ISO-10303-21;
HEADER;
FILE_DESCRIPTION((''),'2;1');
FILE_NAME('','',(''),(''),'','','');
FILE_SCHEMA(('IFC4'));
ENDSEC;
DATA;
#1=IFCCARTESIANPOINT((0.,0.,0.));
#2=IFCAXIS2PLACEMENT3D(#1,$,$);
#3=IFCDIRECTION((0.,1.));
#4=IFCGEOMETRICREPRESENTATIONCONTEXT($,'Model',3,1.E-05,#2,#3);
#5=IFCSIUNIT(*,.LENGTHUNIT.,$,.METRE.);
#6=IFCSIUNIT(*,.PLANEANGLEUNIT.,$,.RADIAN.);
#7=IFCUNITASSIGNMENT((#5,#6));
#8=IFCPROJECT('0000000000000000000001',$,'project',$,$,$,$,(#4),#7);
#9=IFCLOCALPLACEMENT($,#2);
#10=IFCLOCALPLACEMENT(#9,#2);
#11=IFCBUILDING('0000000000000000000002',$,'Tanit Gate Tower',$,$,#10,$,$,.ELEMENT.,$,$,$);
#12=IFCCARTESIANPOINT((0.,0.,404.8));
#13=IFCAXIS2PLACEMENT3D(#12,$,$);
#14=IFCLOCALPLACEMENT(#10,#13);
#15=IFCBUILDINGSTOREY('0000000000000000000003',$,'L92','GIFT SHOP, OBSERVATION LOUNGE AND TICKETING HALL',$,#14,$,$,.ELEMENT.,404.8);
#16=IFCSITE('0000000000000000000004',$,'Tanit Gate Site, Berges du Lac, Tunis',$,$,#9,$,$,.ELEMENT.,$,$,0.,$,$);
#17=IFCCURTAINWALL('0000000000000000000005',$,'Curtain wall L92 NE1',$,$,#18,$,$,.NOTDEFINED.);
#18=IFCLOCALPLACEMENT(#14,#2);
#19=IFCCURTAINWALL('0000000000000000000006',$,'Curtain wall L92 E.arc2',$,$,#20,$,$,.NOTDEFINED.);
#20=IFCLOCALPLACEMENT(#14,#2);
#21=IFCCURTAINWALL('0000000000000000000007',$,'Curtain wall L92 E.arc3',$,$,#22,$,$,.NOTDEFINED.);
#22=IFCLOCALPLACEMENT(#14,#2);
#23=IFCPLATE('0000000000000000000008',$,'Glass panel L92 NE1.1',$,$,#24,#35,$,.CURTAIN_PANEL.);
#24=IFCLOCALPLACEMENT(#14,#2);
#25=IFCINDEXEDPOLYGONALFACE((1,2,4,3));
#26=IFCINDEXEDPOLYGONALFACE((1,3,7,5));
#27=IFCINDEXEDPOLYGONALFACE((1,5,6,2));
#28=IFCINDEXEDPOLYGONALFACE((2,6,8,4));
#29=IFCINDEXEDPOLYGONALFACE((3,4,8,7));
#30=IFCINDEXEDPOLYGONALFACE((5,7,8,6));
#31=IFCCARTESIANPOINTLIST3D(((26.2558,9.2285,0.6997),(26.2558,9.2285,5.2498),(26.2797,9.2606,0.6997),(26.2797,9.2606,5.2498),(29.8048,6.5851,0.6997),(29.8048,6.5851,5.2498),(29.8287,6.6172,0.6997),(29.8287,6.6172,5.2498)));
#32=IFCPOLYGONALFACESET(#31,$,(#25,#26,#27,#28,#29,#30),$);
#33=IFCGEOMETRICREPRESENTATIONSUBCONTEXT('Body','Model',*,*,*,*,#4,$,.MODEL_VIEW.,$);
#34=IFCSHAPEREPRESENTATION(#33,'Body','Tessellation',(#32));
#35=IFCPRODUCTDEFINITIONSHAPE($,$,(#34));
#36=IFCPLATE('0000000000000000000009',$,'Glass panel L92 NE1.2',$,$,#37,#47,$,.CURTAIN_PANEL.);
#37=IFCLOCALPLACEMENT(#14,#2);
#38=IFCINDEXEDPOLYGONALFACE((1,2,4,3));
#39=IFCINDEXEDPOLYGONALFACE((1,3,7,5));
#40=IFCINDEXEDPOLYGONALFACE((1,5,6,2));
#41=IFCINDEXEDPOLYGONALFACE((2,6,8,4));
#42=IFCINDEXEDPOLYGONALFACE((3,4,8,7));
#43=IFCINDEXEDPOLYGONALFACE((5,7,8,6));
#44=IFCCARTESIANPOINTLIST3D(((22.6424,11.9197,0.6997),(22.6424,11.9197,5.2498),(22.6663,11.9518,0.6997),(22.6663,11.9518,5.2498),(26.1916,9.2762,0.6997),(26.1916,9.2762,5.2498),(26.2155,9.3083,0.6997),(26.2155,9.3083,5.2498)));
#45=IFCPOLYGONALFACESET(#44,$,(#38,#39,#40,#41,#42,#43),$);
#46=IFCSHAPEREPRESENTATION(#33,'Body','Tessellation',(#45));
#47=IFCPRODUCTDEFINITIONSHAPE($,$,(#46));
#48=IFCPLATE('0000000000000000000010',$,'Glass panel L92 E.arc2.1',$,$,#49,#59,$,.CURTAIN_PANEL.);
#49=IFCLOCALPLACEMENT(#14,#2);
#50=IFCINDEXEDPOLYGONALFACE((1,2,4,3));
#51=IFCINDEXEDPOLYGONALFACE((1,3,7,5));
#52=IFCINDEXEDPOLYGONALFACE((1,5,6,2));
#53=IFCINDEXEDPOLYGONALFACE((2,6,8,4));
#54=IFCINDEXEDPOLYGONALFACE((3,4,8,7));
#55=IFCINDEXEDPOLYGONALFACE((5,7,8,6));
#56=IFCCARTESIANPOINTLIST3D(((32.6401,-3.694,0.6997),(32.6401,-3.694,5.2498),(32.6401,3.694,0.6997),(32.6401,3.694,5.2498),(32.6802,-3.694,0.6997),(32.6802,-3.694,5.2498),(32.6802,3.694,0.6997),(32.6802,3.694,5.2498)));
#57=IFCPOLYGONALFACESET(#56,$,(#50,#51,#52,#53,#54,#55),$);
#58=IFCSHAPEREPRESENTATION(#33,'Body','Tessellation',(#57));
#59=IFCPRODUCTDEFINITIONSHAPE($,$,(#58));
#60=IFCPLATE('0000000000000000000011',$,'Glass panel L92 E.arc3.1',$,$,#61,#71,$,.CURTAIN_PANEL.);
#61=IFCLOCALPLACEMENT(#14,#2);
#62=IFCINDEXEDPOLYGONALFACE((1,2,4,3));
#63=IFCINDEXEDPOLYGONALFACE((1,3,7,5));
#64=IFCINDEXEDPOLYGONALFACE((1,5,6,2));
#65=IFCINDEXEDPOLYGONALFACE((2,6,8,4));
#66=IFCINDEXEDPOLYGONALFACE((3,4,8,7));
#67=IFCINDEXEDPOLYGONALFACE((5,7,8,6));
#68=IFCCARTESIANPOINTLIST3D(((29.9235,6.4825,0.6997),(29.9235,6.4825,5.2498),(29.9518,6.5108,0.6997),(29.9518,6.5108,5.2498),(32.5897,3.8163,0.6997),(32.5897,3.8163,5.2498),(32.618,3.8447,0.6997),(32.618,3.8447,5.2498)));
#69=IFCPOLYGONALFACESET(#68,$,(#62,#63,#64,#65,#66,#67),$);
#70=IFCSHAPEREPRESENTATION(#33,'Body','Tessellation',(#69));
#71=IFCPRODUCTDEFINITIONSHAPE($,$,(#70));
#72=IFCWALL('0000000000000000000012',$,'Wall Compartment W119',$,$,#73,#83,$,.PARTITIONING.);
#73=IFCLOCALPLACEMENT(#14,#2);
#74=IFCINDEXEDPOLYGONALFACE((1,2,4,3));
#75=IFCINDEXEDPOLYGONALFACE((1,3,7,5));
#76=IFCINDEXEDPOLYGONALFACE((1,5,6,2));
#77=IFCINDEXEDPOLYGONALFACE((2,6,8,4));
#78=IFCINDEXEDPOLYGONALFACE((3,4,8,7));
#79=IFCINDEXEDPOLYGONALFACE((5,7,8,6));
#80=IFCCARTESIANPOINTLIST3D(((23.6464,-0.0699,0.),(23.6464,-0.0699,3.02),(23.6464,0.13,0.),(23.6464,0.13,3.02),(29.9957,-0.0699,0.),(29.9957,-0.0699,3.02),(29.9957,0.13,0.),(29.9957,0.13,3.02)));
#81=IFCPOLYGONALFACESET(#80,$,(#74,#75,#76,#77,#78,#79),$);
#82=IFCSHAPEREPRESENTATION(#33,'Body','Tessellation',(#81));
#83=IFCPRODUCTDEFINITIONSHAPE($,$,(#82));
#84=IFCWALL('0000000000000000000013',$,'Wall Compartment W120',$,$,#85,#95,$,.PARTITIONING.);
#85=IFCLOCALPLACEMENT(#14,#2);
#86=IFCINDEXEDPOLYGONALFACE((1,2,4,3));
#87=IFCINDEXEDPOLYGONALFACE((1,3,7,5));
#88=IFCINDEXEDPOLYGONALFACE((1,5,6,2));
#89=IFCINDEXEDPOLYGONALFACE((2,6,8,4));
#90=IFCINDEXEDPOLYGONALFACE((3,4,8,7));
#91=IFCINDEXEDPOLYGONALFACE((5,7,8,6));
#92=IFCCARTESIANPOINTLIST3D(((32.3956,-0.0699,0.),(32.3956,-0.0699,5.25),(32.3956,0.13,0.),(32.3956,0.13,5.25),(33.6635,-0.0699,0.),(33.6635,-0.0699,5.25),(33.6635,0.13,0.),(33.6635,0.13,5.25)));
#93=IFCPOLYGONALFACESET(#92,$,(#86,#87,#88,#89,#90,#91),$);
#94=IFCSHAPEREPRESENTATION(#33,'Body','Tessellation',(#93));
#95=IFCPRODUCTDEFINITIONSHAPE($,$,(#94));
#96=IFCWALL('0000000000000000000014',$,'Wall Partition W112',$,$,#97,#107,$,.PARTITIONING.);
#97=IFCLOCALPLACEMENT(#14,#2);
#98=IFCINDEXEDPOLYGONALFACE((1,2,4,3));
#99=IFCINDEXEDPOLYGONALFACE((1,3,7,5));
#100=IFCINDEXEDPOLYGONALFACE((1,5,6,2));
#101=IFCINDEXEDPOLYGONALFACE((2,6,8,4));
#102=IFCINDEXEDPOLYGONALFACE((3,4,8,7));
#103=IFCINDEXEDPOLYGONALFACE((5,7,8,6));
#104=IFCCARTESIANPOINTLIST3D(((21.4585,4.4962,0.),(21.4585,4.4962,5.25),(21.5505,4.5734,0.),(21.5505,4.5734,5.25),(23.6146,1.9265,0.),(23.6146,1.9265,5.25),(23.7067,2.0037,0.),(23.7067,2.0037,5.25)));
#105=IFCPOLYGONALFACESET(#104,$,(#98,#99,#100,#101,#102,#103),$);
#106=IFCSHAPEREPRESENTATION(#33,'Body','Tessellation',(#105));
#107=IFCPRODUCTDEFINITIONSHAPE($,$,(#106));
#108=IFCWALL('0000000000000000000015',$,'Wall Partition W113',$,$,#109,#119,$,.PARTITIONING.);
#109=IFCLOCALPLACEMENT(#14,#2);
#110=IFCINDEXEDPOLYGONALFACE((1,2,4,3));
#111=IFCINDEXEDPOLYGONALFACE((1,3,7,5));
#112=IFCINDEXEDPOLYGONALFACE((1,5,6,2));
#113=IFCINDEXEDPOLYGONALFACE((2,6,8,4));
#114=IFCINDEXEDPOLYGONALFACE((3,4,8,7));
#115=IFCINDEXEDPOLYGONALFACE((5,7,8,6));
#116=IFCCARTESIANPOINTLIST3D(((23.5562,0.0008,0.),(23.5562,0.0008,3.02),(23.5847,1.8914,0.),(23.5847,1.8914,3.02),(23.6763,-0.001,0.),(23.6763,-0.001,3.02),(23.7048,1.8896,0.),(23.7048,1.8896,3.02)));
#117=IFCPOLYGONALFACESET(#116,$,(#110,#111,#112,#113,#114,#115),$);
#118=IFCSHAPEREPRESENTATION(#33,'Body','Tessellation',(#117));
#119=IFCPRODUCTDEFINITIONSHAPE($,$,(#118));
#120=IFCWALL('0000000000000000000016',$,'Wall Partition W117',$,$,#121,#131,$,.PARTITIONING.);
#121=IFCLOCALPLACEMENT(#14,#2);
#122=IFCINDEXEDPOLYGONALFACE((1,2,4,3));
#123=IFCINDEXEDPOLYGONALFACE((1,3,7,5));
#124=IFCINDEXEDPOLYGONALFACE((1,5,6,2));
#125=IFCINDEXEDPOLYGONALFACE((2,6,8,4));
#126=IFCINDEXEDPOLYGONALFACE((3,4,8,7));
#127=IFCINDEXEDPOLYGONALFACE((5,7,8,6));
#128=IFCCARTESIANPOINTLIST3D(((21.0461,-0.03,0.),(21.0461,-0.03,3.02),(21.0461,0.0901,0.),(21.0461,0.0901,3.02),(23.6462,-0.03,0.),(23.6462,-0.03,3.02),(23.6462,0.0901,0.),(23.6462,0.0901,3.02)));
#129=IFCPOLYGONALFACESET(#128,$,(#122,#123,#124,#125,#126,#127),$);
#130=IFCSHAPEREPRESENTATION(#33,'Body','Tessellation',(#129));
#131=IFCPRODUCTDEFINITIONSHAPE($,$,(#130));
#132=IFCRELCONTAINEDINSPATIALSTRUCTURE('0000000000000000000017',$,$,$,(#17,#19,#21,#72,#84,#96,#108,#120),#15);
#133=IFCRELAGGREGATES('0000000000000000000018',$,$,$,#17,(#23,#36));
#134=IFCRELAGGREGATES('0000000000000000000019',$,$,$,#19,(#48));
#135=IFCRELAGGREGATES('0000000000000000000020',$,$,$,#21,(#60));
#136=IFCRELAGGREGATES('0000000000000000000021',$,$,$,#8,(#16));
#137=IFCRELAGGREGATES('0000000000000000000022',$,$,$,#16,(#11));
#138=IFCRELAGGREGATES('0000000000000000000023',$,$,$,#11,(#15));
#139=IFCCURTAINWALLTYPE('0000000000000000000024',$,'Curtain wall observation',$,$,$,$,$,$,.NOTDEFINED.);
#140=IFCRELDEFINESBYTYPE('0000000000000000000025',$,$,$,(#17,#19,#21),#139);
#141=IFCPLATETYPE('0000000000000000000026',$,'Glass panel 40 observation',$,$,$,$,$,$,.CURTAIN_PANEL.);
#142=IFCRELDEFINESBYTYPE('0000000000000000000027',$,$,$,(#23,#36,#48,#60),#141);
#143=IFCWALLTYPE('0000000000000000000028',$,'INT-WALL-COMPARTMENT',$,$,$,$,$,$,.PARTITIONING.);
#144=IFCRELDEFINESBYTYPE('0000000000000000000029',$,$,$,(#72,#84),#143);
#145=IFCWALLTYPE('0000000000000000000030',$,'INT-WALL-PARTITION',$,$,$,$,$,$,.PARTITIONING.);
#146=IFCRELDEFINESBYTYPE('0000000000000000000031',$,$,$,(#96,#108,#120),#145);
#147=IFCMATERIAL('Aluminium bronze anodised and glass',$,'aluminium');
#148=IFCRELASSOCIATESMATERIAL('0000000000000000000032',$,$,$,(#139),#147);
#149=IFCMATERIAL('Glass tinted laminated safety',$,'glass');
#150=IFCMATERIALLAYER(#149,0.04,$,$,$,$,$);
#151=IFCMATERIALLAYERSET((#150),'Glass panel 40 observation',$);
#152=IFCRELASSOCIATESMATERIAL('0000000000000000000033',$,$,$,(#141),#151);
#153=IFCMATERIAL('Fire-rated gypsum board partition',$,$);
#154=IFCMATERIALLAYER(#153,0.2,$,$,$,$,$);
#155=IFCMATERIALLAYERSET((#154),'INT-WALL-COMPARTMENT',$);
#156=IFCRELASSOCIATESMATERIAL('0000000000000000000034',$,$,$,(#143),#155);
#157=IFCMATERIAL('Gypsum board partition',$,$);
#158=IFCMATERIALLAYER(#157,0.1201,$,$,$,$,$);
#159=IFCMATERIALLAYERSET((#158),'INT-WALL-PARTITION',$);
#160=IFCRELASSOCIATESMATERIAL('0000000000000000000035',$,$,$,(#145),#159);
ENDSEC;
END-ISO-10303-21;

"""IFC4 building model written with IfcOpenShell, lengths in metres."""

from ifc_helpers import new_model, si_unit, direction, frame, frame_2d, origin, origin_2d, place, context, subcontext, project, spatial, rectangle, extrude, material, layer, layer_set, type_object, element, aggregate, save


model = new_model("IFC4")

# Units and contexts
model_context = context("Model", 3, precision=1e-05, world=origin(), true_north=direction((0.0, 1.0)))
body_context = subcontext(model_context, "Body", "Model", "MODEL_VIEW")
ifc_project = project(units=[si_unit("LENGTHUNIT", "METRE"), si_unit("PLANEANGLEUNIT", "RADIAN")], contexts=[model_context])

# Site, building, storey
site_placement = place(None, origin())
site = spatial("IfcSite", under=ifc_project, at=site_placement, Name="Tanit Gate Site, Berges du Lac, Tunis", CompositionType="ELEMENT", RefElevation=0.0)
building_placement = place(site_placement, origin())
building = spatial("IfcBuilding", under=site, at=building_placement, Name="Tanit Gate Tower", CompositionType="ELEMENT")
storey_placement = place(building_placement, frame((0.0, 0.0, 404.8)))
storey = spatial("IfcBuildingStorey", under=building, at=storey_placement, Name="L92", Description="GIFT SHOP, OBSERVATION LOUNGE AND TICKETING HALL", CompositionType="ELEMENT", Elevation=404.8)

# Curtain wall
ifc_material_1 = material(Name="Aluminium bronze anodised and glass", Category="aluminium")
curtain_wall_type = type_object("IfcCurtainWallType", Name="Curtain wall observation", PredefinedType="NOTDEFINED", material=ifc_material_1)
curtain_wall_1_placement = place(storey_placement, origin())
curtain_wall_1 = element("IfcCurtainWall", 1, at=curtain_wall_1_placement, inside=storey, type_object=curtain_wall_type, Name="Curtain wall L92 NE1", PredefinedType="NOTDEFINED")

# Curtain wall
curtain_wall_2_placement = place(storey_placement, origin())
curtain_wall_2 = element("IfcCurtainWall", 2, at=curtain_wall_2_placement, inside=storey, type_object=curtain_wall_type, Name="Curtain wall L92 E.arc2", PredefinedType="NOTDEFINED")

# Curtain wall
curtain_wall_3_placement = place(storey_placement, origin())
curtain_wall_3 = element("IfcCurtainWall", 3, at=curtain_wall_3_placement, inside=storey, type_object=curtain_wall_type, Name="Curtain wall L92 E.arc3", PredefinedType="NOTDEFINED")

# Plates
ifc_material_2 = material(Name="Glass tinted laminated safety", Category="glass")
ifc_layer_1 = layer(ifc_material_2, 0.04)
ifc_layer_set_1 = layer_set([ifc_layer_1], Name="Glass panel 40 observation")
plate_type = type_object("IfcPlateType", Name="Glass panel 40 observation", PredefinedType="CURTAIN_PANEL", material=ifc_layer_set_1)
plate_1_placement = place(storey_placement, frame((28.0422, 7.9229, 0.6997), z_axis=(0.0, 0.0, 1.0), x_axis=(-0.801988, 0.597341, 0.0)))
plate_1 = element("IfcPlate", 4, at=plate_1_placement, type_object=plate_type, Name="Glass panel L92 NE1.1", PredefinedType="CURTAIN_PANEL", context=body_context, shape_type="SweptSolid", body=[
    extrude(rectangle(XDim=4.4253, YDim=0.04, at=origin_2d()), origin(), (0.0, 0.0, 1.0), 4.55),
])
plate_2_placement = place(storey_placement, frame((24.429, 10.614, 0.6997), z_axis=(0.0, 0.0, 1.0), x_axis=(-0.801988, 0.597341, 0.0)))
plate_2 = element("IfcPlate", 5, at=plate_2_placement, type_object=plate_type, Name="Glass panel L92 NE1.2", PredefinedType="CURTAIN_PANEL", context=body_context, shape_type="SweptSolid", body=[
    extrude(rectangle(XDim=4.4255, YDim=0.04, at=origin_2d()), origin(), (0.0, 0.0, 1.0), 4.55),
])
aggregate(curtain_wall_1, [plate_1, plate_2])
plate_3_placement = place(storey_placement, frame((32.6602, 0.0, 0.6997), z_axis=(0.0, 0.0, 1.0), x_axis=(0.0, 1.0, 0.0)))
plate_3 = element("IfcPlate", 6, at=plate_3_placement, type_object=plate_type, Name="Glass panel L92 E.arc2.1", PredefinedType="CURTAIN_PANEL", context=body_context, shape_type="SweptSolid", body=[
    extrude(rectangle(XDim=7.3879, YDim=0.04, at=origin_2d()), origin(), (0.0, 0.0, 1.0), 4.55),
])
aggregate(curtain_wall_2, [plate_3])
plate_4_placement = place(storey_placement, frame((31.2708, 5.1636, 0.6997), z_axis=(0.0, 0.0, 1.0), x_axis=(-0.707107, 0.707107, 0.0)))
plate_4 = element("IfcPlate", 7, at=plate_4_placement, type_object=plate_type, Name="Glass panel L92 E.arc3.1", PredefinedType="CURTAIN_PANEL", context=body_context, shape_type="SweptSolid", body=[
    extrude(rectangle(XDim=3.7705, YDim=0.04, at=origin_2d()), origin(), (0.0, 0.0, 1.0), 4.55),
])
aggregate(curtain_wall_3, [plate_4])

# Walls
ifc_material_3 = material(Name="Fire-rated gypsum board partition")
ifc_layer_2 = layer(ifc_material_3, 0.2)
ifc_layer_set_2 = layer_set([ifc_layer_2], Name="INT-WALL-COMPARTMENT")
wall_type_1 = type_object("IfcWallType", Name="INT-WALL-COMPARTMENT", PredefinedType="PARTITIONING", material=ifc_layer_set_2)
wall_1_placement = place(storey_placement, frame((23.6462, 0.03, 0.0), z_axis=(0.0, 0.0, 1.0), x_axis=(1.0, 0.0, 0.0)))
element("IfcWall", 8, at=wall_1_placement, inside=storey, type_object=wall_type_1, Name="Wall Compartment W119", PredefinedType="PARTITIONING", context=body_context, shape_type="SweptSolid", body=[
    extrude(rectangle(XDim=6.3494, YDim=0.2, at=frame_2d((3.1748, 0.0))), origin(), (0.0, 0.0, 1.0), 3.02),
])
wall_2_placement = place(storey_placement, frame((32.3958, 0.03, 0.0), z_axis=(0.0, 0.0, 1.0), x_axis=(1.0, 0.0, 0.0)))
element("IfcWall", 9, at=wall_2_placement, inside=storey, type_object=wall_type_1, Name="Wall Compartment W120", PredefinedType="PARTITIONING", context=body_context, shape_type="SweptSolid", body=[
    extrude(rectangle(XDim=1.2678, YDim=0.2, at=frame_2d((0.6338, 0.0))), origin(), (0.0, 0.0, 1.0), 5.25),
])
ifc_material_4 = material(Name="Gypsum board partition")
ifc_layer_3 = layer(ifc_material_4, 0.1201)
ifc_layer_set_3 = layer_set([ifc_layer_3], Name="INT-WALL-PARTITION")
wall_type_2 = type_object("IfcWallType", Name="INT-WALL-PARTITION", PredefinedType="PARTITIONING", material=ifc_layer_set_3)
wall_3_placement = place(storey_placement, frame((23.6606, 1.9651, 0.0), z_axis=(0.0, 0.0, 1.0), x_axis=(-0.642772, 0.766057, 0.0)))
element("IfcWall", 10, at=wall_3_placement, inside=storey, type_object=wall_type_2, Name="Wall Partition W112", PredefinedType="PARTITIONING", context=body_context, shape_type="SweptSolid", body=[
    extrude(rectangle(XDim=3.3545, YDim=0.1201, at=frame_2d((1.6772, 0.0))), origin(), (0.0, 0.0, 1.0), 5.25),
])
wall_4_placement = place(storey_placement, frame((23.6162, 0.0, 0.0), z_axis=(0.0, 0.0, 1.0), x_axis=(0.015107, 0.999886, 0.0)))
element("IfcWall", 11, at=wall_4_placement, inside=storey, type_object=wall_type_2, Name="Wall Partition W113", PredefinedType="PARTITIONING", context=body_context, shape_type="SweptSolid", body=[
    extrude(rectangle(XDim=1.8909, YDim=0.1201, at=frame_2d((0.9453, 0.0))), origin(), (0.0, 0.0, 1.0), 3.02),
])
wall_5_placement = place(storey_placement, frame((23.6462, 0.03, 0.0), z_axis=(0.0, 0.0, 1.0), x_axis=(-1.0, 0.0, 0.0)))
element("IfcWall", 12, at=wall_5_placement, inside=storey, type_object=wall_type_2, Name="Wall Partition W117", PredefinedType="PARTITIONING", context=body_context, shape_type="SweptSolid", body=[
    extrude(rectangle(XDim=2.6001, YDim=0.1201, at=frame_2d((1.3, 0.0))), origin(), (0.0, 0.0, 1.0), 3.02),
])

save(model, "model.ifc")
